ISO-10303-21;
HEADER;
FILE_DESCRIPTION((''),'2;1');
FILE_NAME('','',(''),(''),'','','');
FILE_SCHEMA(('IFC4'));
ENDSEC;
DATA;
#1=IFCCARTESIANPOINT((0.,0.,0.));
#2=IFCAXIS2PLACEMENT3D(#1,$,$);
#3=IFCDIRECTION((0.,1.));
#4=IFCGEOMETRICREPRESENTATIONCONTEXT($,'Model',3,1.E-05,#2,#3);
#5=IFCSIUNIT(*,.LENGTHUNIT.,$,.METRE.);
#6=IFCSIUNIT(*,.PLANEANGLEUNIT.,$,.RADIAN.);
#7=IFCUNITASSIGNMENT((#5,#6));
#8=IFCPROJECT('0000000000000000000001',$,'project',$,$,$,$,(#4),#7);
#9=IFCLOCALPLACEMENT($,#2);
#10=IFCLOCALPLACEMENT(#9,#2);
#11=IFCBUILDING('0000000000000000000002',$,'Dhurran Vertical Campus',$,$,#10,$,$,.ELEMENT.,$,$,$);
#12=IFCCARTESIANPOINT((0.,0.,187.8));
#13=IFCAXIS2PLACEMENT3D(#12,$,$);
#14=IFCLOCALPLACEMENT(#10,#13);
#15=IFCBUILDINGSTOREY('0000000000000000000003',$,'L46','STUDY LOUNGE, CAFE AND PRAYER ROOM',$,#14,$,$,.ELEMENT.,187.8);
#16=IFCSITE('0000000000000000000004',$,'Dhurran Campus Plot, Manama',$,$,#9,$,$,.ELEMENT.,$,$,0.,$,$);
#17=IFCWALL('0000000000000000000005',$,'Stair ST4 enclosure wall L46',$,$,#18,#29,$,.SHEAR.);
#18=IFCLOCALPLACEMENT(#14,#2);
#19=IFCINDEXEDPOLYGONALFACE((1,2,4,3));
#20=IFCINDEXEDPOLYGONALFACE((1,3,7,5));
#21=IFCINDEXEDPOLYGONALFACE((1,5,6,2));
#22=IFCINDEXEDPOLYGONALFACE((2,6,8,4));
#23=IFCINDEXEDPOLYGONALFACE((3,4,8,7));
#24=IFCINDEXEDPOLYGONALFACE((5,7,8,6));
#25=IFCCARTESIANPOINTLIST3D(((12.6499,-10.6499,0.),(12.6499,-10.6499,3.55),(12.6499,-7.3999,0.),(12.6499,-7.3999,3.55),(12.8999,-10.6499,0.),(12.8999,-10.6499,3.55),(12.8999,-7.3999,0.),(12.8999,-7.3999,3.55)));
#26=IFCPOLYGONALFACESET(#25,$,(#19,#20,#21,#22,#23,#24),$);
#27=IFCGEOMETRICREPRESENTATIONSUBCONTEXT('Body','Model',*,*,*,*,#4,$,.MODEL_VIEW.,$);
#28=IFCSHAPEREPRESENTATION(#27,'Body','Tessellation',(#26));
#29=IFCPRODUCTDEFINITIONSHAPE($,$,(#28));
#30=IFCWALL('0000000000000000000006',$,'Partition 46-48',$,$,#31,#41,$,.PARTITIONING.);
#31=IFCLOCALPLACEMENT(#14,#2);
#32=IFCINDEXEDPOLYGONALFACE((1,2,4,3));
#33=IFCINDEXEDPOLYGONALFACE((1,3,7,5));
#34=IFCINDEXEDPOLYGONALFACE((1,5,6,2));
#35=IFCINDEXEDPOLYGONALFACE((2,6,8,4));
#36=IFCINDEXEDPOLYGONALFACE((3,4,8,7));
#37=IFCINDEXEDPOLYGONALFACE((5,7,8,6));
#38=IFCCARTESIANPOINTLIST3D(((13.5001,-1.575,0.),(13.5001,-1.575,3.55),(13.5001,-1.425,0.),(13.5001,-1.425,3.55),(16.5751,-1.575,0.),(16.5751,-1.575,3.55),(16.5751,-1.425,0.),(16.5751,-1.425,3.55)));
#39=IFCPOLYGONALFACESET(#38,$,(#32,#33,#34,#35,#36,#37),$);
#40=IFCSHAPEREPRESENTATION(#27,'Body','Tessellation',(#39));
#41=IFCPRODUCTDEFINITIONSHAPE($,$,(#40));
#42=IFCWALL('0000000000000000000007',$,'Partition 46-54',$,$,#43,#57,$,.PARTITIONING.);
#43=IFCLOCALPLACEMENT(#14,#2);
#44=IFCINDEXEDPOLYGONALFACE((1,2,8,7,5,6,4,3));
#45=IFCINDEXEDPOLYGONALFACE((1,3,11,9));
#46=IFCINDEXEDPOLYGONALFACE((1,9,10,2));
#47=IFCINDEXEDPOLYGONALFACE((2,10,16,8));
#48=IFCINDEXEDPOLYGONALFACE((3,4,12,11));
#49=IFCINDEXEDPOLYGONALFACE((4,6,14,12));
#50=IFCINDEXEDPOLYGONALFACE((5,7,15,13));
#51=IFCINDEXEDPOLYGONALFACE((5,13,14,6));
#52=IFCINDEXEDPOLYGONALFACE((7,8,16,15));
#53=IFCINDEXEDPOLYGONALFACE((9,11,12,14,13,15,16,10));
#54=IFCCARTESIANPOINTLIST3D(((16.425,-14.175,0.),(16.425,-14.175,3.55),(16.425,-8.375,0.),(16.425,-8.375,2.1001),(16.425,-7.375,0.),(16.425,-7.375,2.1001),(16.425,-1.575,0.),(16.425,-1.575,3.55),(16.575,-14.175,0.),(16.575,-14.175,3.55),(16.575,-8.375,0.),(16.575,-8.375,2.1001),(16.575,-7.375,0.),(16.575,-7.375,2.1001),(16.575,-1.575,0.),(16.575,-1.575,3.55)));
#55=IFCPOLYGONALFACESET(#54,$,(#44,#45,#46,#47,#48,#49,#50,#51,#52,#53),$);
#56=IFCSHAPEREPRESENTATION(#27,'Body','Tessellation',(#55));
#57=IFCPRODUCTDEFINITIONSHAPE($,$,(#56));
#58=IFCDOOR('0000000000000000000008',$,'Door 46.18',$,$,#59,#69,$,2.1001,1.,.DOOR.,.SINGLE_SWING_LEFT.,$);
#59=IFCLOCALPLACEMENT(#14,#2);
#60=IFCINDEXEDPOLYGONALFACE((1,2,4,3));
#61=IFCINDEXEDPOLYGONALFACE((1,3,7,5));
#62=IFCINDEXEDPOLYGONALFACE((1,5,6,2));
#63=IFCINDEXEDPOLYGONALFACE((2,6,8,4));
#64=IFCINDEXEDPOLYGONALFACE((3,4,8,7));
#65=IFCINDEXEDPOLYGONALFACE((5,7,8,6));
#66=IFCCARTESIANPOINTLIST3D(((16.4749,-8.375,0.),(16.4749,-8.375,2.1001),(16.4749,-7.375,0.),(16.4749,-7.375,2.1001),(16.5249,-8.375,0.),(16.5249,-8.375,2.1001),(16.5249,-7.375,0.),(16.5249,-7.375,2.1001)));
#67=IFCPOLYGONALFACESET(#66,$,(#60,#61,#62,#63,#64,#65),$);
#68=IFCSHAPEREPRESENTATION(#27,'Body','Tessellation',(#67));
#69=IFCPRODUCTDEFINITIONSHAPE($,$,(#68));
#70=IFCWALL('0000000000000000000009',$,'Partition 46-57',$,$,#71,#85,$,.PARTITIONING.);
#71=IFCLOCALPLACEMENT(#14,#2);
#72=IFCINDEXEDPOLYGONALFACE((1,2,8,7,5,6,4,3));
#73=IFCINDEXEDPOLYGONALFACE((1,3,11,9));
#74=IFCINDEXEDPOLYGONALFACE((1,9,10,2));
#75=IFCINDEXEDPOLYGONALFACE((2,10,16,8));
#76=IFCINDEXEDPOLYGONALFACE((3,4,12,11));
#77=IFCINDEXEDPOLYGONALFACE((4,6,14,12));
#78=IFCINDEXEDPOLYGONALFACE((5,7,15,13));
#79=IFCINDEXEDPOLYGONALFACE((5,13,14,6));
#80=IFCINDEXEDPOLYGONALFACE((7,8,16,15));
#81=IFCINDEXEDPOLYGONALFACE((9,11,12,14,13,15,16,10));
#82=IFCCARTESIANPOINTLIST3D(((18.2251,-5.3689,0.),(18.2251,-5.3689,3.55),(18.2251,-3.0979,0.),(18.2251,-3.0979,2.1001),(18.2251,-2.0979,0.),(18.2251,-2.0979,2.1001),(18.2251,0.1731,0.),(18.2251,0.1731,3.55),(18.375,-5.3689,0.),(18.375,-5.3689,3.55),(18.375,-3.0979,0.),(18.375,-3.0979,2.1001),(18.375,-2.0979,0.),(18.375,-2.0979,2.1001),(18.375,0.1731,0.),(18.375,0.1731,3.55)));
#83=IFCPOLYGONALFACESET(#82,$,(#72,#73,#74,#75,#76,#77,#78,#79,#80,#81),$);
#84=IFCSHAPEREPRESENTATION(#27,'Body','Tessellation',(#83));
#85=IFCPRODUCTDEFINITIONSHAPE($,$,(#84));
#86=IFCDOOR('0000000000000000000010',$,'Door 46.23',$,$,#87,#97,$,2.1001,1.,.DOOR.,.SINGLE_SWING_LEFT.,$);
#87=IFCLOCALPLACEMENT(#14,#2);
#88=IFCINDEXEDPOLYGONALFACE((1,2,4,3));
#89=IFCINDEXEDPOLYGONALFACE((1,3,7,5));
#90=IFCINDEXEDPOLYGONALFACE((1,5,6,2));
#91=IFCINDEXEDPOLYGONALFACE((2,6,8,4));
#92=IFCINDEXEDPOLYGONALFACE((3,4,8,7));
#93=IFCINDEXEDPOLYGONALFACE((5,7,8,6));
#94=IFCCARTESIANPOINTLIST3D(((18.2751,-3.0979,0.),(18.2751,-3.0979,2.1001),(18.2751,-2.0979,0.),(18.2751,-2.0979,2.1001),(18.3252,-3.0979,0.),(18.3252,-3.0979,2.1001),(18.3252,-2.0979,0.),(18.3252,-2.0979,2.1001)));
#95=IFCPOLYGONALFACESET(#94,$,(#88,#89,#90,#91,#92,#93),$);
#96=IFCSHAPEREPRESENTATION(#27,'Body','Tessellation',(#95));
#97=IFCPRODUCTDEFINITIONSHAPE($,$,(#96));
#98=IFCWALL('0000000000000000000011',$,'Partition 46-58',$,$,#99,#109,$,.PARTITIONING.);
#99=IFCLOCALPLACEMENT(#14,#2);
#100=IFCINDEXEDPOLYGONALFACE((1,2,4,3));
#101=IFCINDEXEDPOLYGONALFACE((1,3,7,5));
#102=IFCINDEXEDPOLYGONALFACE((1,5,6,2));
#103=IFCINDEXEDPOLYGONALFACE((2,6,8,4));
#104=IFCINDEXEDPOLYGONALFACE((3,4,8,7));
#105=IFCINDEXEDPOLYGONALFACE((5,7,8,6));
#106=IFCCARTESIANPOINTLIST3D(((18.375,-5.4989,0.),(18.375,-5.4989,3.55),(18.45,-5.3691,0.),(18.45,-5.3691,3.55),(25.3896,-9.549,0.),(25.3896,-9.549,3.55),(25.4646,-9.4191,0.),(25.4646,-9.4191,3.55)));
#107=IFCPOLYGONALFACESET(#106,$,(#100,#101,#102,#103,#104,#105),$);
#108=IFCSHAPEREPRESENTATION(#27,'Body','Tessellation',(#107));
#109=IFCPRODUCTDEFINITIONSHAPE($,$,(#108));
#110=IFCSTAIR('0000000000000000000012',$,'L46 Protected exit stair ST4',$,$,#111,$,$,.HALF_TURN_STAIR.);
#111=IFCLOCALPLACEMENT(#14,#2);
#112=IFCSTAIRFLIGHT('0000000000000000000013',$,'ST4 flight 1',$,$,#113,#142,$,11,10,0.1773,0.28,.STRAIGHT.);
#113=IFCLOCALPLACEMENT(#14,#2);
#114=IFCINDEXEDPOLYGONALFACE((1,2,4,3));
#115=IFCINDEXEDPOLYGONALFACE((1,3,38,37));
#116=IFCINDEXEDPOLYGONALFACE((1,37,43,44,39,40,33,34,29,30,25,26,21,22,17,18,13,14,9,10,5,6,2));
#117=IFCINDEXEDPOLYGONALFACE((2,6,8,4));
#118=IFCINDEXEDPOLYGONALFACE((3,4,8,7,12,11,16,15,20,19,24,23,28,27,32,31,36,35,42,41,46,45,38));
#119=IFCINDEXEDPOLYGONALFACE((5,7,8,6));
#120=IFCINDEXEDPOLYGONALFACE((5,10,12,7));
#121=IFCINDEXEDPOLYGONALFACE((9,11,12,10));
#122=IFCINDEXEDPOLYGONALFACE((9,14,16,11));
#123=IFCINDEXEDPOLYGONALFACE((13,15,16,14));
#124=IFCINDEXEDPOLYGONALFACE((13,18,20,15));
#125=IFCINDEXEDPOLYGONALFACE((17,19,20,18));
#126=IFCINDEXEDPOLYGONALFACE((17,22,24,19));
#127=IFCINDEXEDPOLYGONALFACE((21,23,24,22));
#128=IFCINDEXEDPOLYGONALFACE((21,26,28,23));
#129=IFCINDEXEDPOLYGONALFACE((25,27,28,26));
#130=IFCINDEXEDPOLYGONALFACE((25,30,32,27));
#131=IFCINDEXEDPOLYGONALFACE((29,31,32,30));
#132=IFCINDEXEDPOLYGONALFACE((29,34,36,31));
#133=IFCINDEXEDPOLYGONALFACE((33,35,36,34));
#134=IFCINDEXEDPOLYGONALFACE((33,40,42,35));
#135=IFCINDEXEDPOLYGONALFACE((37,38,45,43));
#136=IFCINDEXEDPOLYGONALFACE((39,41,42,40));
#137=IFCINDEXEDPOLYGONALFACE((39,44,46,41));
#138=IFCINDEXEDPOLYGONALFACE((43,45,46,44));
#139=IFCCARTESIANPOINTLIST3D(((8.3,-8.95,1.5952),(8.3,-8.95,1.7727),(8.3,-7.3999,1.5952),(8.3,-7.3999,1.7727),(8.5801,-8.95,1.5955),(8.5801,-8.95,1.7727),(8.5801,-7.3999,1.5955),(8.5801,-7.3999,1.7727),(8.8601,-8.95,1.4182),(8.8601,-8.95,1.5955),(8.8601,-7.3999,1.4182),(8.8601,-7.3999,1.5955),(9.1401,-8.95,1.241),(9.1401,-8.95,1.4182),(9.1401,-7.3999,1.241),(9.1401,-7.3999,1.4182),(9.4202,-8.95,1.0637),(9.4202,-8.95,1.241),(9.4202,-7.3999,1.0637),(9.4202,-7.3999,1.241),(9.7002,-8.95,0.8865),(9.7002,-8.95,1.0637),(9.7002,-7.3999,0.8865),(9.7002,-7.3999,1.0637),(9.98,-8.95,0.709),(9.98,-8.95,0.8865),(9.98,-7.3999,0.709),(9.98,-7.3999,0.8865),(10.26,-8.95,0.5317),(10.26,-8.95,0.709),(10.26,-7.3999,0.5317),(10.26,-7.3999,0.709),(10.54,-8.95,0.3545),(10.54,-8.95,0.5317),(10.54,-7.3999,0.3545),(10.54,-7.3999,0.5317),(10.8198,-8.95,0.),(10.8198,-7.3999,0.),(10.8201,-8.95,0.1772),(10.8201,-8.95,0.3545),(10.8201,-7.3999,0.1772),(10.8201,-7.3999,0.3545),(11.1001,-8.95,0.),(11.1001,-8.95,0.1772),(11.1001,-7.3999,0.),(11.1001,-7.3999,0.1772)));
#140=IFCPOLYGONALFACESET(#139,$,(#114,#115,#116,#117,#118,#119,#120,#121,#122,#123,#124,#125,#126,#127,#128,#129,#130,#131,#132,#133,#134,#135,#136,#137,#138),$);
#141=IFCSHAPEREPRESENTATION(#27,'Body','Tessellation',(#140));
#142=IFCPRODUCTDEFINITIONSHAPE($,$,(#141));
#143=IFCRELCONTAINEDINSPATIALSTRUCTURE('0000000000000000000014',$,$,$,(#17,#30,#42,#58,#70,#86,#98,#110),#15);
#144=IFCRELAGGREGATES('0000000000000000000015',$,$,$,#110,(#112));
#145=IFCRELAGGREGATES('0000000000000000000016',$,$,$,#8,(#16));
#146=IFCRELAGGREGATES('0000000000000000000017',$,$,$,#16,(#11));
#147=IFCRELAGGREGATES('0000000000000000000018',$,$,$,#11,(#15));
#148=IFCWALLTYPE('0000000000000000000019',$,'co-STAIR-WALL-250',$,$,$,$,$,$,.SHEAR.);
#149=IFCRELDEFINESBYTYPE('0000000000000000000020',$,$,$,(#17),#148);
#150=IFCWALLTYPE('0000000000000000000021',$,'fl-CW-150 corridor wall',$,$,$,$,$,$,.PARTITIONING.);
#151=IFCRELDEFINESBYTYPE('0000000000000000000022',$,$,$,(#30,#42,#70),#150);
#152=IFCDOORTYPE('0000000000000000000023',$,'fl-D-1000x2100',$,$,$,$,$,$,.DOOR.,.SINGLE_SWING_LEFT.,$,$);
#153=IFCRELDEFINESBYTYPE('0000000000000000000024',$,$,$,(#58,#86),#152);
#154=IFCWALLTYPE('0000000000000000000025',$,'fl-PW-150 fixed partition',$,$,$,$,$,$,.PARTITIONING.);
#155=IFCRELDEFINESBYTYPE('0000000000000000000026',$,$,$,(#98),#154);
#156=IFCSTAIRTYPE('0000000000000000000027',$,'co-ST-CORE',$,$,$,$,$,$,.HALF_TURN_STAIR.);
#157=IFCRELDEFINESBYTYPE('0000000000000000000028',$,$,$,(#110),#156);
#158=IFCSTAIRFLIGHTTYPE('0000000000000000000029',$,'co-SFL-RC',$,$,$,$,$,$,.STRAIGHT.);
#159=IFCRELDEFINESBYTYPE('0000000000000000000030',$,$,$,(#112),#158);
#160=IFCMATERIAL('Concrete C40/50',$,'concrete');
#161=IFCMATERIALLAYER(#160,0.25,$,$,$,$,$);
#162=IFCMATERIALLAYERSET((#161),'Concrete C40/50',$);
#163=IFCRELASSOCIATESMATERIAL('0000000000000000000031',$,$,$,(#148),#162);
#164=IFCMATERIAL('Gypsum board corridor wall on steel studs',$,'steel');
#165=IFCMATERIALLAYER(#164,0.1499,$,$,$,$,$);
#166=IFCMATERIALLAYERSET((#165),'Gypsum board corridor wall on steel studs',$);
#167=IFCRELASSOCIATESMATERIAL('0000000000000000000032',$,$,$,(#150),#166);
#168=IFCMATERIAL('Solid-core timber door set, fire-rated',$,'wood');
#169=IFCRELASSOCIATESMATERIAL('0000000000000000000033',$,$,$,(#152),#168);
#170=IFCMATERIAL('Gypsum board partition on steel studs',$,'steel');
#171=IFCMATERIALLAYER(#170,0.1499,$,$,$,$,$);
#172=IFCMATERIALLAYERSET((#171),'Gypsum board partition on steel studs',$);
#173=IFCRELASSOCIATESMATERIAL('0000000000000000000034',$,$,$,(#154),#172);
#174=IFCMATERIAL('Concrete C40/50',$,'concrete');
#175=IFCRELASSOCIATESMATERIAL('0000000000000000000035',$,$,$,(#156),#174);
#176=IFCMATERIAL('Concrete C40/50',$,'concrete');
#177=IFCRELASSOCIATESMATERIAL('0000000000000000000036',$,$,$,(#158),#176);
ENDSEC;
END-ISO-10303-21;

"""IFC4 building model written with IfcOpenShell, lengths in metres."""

from ifc_helpers import new_model, si_unit, direction, frame, frame_2d, origin, place, context, subcontext, project, spatial, polyline, rectangle, outline, extrude, material, layer, layer_set, type_object, element, fill, aggregate, save


model = new_model("IFC4")

# Units and contexts
model_context = context("Model", 3, precision=1e-05, world=origin(), true_north=direction((0.0, 1.0)))
body_context = subcontext(model_context, "Body", "Model", "MODEL_VIEW")
ifc_project = project(units=[si_unit("LENGTHUNIT", "METRE"), si_unit("PLANEANGLEUNIT", "RADIAN")], contexts=[model_context])

# Site, building, storey
site_placement = place(None, origin())
site = spatial("IfcSite", under=ifc_project, at=site_placement, Name="Dhurran Campus Plot, Manama", CompositionType="ELEMENT", RefElevation=0.0)
building_placement = place(site_placement, origin())
building = spatial("IfcBuilding", under=site, at=building_placement, Name="Dhurran Vertical Campus", CompositionType="ELEMENT")
storey_placement = place(building_placement, frame((0.0, 0.0, 187.8)))
storey = spatial("IfcBuildingStorey", under=building, at=storey_placement, Name="L46", Description="STUDY LOUNGE, CAFE AND PRAYER ROOM", CompositionType="ELEMENT", Elevation=187.8)

# Walls
ifc_material_1 = material(Name="Concrete C40/50", Category="concrete")
ifc_layer_1 = layer(ifc_material_1, 0.25)
ifc_layer_set_1 = layer_set([ifc_layer_1], Name="Concrete C40/50")
wall_type_1 = type_object("IfcWallType", Name="co-STAIR-WALL-250", PredefinedType="SHEAR", material=ifc_layer_set_1)
wall_1_placement = place(storey_placement, frame((12.7749, -10.6499, 0.0), z_axis=(0.0, 0.0, 1.0), x_axis=(0.0, 1.0, 0.0)))
element("IfcWall", 1, at=wall_1_placement, inside=storey, type_object=wall_type_1, Name="Stair ST4 enclosure wall L46", PredefinedType="SHEAR", context=body_context, shape_type="SweptSolid", body=[
    extrude(rectangle(XDim=3.25, YDim=0.25, at=frame_2d((1.625, 0.0))), origin(), (0.0, 0.0, 1.0), 3.55),
])
ifc_material_2 = material(Name="Gypsum board corridor wall on steel studs", Category="steel")
ifc_layer_2 = layer(ifc_material_2, 0.1499)
ifc_layer_set_2 = layer_set([ifc_layer_2], Name="Gypsum board corridor wall on steel studs")
wall_type_2 = type_object("IfcWallType", Name="fl-CW-150 corridor wall", PredefinedType="PARTITIONING", material=ifc_layer_set_2)
wall_2_placement = place(storey_placement, frame((13.5, -1.5, 0.0), z_axis=(0.0, 0.0, 1.0), x_axis=(1.0, 0.0, 0.0)))
element("IfcWall", 2, at=wall_2_placement, inside=storey, type_object=wall_type_2, Name="Partition 46-48", PredefinedType="PARTITIONING", context=body_context, shape_type="SweptSolid", body=[
    extrude(rectangle(XDim=3.075, YDim=0.1499, at=frame_2d((1.5376, 0.0))), origin(), (0.0, 0.0, 1.0), 3.55),
])

# Walls, openings, doors
wall_3_placement = place(storey_placement, frame((16.5, -1.575, 0.0), z_axis=(0.0, 0.0, 1.0), x_axis=(0.0, -1.0, 0.0)))
wall_3 = element("IfcWall", 3, at=wall_3_placement, inside=storey, type_object=wall_type_2, Name="Partition 46-54", PredefinedType="PARTITIONING", context=body_context, shape_type="SweptSolid", body=[
    extrude(rectangle(XDim=12.6001, YDim=0.1499, at=frame_2d((6.3, 0.0))), origin(), (0.0, 0.0, 1.0), 3.55),
])
opening_1_placement = place(wall_3_placement, frame((5.8, 0.0, 0.0)))
opening_1 = element("IfcOpeningElement", 4, at=opening_1_placement, cuts=wall_3, PredefinedType="OPENING", context=body_context, shape_type="SweptSolid", body=[
    extrude(rectangle(XDim=1.0, YDim=2.1001, at=frame_2d((0.5, 1.05))), frame((0.0, 0.085, 0.0), z_axis=(0.0, -1.0, 0.0), x_axis=(1.0, 0.0, 0.0)), (0.0, 0.0, 1.0), 0.1699),
])
ifc_material_3 = material(Name="Solid-core timber door set, fire-rated", Category="wood")
door_type_1 = type_object("IfcDoorType", Name="fl-D-1000x2100", OperationType="SINGLE_SWING_LEFT", PredefinedType="DOOR", material=ifc_material_3)
door_1_placement = place(opening_1_placement, origin())
door_1 = element("IfcDoor", 5, at=door_1_placement, inside=storey, type_object=door_type_1, Name="Door 46.18", OperationType="SINGLE_SWING_LEFT", OverallHeight=2.1001, OverallWidth=1.0, PredefinedType="DOOR", context=body_context, shape_type="SweptSolid", body=[
    extrude(rectangle(XDim=1.0, YDim=2.1001, at=frame_2d((0.5, 1.05))), frame((0.0, 0.0249, 0.0), z_axis=(0.0, -1.0, 0.0), x_axis=(1.0, 0.0, 0.0)), (0.0, 0.0, 1.0), 0.05),
])
fill(opening_1, door_1)
wall_4_placement = place(storey_placement, frame((18.3, -5.3689, 0.0), z_axis=(0.0, 0.0, 1.0), x_axis=(0.0, 1.0, 0.0)))
wall_4 = element("IfcWall", 6, at=wall_4_placement, inside=storey, type_object=wall_type_2, Name="Partition 46-57", PredefinedType="PARTITIONING", context=body_context, shape_type="SweptSolid", body=[
    extrude(rectangle(XDim=5.542, YDim=0.1499, at=frame_2d((2.771, 0.0))), origin(), (0.0, 0.0, 1.0), 3.55),
])
opening_2_placement = place(wall_4_placement, frame((2.271, 0.0, 0.0)))
opening_2 = element("IfcOpeningElement", 7, at=opening_2_placement, cuts=wall_4, PredefinedType="OPENING", context=body_context, shape_type="SweptSolid", body=[
    extrude(rectangle(XDim=1.0, YDim=2.1001, at=frame_2d((0.5, 1.05))), frame((0.0, 0.085, 0.0), z_axis=(0.0, -1.0, 0.0), x_axis=(1.0, 0.0, 0.0)), (0.0, 0.0, 1.0), 0.1699),
])
door_2_placement = place(opening_2_placement, origin())
door_2 = element("IfcDoor", 8, at=door_2_placement, inside=storey, type_object=door_type_1, Name="Door 46.23", OperationType="SINGLE_SWING_LEFT", OverallHeight=2.1001, OverallWidth=1.0, PredefinedType="DOOR", context=body_context, shape_type="SweptSolid", body=[
    extrude(rectangle(XDim=1.0, YDim=2.1001, at=frame_2d((0.5, 1.05))), frame((0.0, 0.0249, 0.0), z_axis=(0.0, -1.0, 0.0), x_axis=(1.0, 0.0, 0.0)), (0.0, 0.0, 1.0), 0.05),
])
fill(opening_2, door_2)

# Wall
ifc_material_4 = material(Name="Gypsum board partition on steel studs", Category="steel")
ifc_layer_3 = layer(ifc_material_4, 0.1499)
ifc_layer_set_3 = layer_set([ifc_layer_3], Name="Gypsum board partition on steel studs")
wall_type_3 = type_object("IfcWallType", Name="fl-PW-150 fixed partition", PredefinedType="PARTITIONING", material=ifc_layer_set_3)
wall_5_placement = place(storey_placement, frame((18.4126, -5.4341, 0.0), z_axis=(0.0, 0.0, 1.0), x_axis=(0.866018, -0.500013, 0.0)))
element("IfcWall", 9, at=wall_5_placement, inside=storey, type_object=wall_type_3, Name="Partition 46-58", PredefinedType="PARTITIONING", context=body_context, shape_type="SweptSolid", body=[
    extrude(rectangle(XDim=8.0999, YDim=0.1499, at=frame_2d((4.0498, 0.0))), origin(), (0.0, 0.0, 1.0), 3.55),
])

# Stair, stair flight
ifc_material_5 = material(Name="Concrete C40/50", Category="concrete")
stair_type = type_object("IfcStairType", Name="co-ST-CORE", PredefinedType="HALF_TURN_STAIR", material=ifc_material_5)
stair_placement = place(storey_placement, origin())
stair = element("IfcStair", 10, at=stair_placement, inside=storey, type_object=stair_type, Name="L46 Protected exit stair ST4", PredefinedType="HALF_TURN_STAIR")
ifc_material_6 = material(Name="Concrete C40/50", Category="concrete")
stair_flight_type = type_object("IfcStairFlightType", Name="co-SFL-RC", PredefinedType="STRAIGHT", material=ifc_material_6)
stair_flight_placement = place(storey_placement, frame((11.1001, -8.175, 0.0), z_axis=(0.0, 0.0, 1.0), x_axis=(-1.0, 0.0, 0.0)))
stair_flight = element("IfcStairFlight", 11, at=stair_flight_placement, type_object=stair_flight_type, Name="ST4 flight 1", NumberOfRisers=11, NumberOfTreads=10, PredefinedType="STRAIGHT", RiserHeight=0.1773, TreadLength=0.28, context=body_context, shape_type="SweptSolid", body=[
    extrude(outline(polyline([(0.0, 0.0), (0.0, 0.1772), (0.28, 0.1772), (0.28, 0.3545), (0.5601, 0.3545), (0.5601, 0.5317), (0.8401, 0.5317), (0.8401, 0.709), (1.1201, 0.709), (1.1201, 0.8865), (1.3999, 0.8865), (1.3999, 1.0637), (1.6799, 1.0637), (1.6799, 1.241), (1.96, 1.241), (1.96, 1.4182), (2.24, 1.4182), (2.24, 1.5955), (2.52, 1.5955), (2.52, 1.7727), (2.8, 1.7727), (2.8, 1.95), (2.8, 1.5952), (0.2803, 0.0), (0.0, 0.0)])), frame((0.0, 0.7749, 0.0), z_axis=(0.0, -1.0, 0.0), x_axis=(1.0, 0.0, 0.0)), (0.0, 0.0, 1.0), 1.55),
])
aggregate(stair, [stair_flight])

save(model, "model.ifc")
